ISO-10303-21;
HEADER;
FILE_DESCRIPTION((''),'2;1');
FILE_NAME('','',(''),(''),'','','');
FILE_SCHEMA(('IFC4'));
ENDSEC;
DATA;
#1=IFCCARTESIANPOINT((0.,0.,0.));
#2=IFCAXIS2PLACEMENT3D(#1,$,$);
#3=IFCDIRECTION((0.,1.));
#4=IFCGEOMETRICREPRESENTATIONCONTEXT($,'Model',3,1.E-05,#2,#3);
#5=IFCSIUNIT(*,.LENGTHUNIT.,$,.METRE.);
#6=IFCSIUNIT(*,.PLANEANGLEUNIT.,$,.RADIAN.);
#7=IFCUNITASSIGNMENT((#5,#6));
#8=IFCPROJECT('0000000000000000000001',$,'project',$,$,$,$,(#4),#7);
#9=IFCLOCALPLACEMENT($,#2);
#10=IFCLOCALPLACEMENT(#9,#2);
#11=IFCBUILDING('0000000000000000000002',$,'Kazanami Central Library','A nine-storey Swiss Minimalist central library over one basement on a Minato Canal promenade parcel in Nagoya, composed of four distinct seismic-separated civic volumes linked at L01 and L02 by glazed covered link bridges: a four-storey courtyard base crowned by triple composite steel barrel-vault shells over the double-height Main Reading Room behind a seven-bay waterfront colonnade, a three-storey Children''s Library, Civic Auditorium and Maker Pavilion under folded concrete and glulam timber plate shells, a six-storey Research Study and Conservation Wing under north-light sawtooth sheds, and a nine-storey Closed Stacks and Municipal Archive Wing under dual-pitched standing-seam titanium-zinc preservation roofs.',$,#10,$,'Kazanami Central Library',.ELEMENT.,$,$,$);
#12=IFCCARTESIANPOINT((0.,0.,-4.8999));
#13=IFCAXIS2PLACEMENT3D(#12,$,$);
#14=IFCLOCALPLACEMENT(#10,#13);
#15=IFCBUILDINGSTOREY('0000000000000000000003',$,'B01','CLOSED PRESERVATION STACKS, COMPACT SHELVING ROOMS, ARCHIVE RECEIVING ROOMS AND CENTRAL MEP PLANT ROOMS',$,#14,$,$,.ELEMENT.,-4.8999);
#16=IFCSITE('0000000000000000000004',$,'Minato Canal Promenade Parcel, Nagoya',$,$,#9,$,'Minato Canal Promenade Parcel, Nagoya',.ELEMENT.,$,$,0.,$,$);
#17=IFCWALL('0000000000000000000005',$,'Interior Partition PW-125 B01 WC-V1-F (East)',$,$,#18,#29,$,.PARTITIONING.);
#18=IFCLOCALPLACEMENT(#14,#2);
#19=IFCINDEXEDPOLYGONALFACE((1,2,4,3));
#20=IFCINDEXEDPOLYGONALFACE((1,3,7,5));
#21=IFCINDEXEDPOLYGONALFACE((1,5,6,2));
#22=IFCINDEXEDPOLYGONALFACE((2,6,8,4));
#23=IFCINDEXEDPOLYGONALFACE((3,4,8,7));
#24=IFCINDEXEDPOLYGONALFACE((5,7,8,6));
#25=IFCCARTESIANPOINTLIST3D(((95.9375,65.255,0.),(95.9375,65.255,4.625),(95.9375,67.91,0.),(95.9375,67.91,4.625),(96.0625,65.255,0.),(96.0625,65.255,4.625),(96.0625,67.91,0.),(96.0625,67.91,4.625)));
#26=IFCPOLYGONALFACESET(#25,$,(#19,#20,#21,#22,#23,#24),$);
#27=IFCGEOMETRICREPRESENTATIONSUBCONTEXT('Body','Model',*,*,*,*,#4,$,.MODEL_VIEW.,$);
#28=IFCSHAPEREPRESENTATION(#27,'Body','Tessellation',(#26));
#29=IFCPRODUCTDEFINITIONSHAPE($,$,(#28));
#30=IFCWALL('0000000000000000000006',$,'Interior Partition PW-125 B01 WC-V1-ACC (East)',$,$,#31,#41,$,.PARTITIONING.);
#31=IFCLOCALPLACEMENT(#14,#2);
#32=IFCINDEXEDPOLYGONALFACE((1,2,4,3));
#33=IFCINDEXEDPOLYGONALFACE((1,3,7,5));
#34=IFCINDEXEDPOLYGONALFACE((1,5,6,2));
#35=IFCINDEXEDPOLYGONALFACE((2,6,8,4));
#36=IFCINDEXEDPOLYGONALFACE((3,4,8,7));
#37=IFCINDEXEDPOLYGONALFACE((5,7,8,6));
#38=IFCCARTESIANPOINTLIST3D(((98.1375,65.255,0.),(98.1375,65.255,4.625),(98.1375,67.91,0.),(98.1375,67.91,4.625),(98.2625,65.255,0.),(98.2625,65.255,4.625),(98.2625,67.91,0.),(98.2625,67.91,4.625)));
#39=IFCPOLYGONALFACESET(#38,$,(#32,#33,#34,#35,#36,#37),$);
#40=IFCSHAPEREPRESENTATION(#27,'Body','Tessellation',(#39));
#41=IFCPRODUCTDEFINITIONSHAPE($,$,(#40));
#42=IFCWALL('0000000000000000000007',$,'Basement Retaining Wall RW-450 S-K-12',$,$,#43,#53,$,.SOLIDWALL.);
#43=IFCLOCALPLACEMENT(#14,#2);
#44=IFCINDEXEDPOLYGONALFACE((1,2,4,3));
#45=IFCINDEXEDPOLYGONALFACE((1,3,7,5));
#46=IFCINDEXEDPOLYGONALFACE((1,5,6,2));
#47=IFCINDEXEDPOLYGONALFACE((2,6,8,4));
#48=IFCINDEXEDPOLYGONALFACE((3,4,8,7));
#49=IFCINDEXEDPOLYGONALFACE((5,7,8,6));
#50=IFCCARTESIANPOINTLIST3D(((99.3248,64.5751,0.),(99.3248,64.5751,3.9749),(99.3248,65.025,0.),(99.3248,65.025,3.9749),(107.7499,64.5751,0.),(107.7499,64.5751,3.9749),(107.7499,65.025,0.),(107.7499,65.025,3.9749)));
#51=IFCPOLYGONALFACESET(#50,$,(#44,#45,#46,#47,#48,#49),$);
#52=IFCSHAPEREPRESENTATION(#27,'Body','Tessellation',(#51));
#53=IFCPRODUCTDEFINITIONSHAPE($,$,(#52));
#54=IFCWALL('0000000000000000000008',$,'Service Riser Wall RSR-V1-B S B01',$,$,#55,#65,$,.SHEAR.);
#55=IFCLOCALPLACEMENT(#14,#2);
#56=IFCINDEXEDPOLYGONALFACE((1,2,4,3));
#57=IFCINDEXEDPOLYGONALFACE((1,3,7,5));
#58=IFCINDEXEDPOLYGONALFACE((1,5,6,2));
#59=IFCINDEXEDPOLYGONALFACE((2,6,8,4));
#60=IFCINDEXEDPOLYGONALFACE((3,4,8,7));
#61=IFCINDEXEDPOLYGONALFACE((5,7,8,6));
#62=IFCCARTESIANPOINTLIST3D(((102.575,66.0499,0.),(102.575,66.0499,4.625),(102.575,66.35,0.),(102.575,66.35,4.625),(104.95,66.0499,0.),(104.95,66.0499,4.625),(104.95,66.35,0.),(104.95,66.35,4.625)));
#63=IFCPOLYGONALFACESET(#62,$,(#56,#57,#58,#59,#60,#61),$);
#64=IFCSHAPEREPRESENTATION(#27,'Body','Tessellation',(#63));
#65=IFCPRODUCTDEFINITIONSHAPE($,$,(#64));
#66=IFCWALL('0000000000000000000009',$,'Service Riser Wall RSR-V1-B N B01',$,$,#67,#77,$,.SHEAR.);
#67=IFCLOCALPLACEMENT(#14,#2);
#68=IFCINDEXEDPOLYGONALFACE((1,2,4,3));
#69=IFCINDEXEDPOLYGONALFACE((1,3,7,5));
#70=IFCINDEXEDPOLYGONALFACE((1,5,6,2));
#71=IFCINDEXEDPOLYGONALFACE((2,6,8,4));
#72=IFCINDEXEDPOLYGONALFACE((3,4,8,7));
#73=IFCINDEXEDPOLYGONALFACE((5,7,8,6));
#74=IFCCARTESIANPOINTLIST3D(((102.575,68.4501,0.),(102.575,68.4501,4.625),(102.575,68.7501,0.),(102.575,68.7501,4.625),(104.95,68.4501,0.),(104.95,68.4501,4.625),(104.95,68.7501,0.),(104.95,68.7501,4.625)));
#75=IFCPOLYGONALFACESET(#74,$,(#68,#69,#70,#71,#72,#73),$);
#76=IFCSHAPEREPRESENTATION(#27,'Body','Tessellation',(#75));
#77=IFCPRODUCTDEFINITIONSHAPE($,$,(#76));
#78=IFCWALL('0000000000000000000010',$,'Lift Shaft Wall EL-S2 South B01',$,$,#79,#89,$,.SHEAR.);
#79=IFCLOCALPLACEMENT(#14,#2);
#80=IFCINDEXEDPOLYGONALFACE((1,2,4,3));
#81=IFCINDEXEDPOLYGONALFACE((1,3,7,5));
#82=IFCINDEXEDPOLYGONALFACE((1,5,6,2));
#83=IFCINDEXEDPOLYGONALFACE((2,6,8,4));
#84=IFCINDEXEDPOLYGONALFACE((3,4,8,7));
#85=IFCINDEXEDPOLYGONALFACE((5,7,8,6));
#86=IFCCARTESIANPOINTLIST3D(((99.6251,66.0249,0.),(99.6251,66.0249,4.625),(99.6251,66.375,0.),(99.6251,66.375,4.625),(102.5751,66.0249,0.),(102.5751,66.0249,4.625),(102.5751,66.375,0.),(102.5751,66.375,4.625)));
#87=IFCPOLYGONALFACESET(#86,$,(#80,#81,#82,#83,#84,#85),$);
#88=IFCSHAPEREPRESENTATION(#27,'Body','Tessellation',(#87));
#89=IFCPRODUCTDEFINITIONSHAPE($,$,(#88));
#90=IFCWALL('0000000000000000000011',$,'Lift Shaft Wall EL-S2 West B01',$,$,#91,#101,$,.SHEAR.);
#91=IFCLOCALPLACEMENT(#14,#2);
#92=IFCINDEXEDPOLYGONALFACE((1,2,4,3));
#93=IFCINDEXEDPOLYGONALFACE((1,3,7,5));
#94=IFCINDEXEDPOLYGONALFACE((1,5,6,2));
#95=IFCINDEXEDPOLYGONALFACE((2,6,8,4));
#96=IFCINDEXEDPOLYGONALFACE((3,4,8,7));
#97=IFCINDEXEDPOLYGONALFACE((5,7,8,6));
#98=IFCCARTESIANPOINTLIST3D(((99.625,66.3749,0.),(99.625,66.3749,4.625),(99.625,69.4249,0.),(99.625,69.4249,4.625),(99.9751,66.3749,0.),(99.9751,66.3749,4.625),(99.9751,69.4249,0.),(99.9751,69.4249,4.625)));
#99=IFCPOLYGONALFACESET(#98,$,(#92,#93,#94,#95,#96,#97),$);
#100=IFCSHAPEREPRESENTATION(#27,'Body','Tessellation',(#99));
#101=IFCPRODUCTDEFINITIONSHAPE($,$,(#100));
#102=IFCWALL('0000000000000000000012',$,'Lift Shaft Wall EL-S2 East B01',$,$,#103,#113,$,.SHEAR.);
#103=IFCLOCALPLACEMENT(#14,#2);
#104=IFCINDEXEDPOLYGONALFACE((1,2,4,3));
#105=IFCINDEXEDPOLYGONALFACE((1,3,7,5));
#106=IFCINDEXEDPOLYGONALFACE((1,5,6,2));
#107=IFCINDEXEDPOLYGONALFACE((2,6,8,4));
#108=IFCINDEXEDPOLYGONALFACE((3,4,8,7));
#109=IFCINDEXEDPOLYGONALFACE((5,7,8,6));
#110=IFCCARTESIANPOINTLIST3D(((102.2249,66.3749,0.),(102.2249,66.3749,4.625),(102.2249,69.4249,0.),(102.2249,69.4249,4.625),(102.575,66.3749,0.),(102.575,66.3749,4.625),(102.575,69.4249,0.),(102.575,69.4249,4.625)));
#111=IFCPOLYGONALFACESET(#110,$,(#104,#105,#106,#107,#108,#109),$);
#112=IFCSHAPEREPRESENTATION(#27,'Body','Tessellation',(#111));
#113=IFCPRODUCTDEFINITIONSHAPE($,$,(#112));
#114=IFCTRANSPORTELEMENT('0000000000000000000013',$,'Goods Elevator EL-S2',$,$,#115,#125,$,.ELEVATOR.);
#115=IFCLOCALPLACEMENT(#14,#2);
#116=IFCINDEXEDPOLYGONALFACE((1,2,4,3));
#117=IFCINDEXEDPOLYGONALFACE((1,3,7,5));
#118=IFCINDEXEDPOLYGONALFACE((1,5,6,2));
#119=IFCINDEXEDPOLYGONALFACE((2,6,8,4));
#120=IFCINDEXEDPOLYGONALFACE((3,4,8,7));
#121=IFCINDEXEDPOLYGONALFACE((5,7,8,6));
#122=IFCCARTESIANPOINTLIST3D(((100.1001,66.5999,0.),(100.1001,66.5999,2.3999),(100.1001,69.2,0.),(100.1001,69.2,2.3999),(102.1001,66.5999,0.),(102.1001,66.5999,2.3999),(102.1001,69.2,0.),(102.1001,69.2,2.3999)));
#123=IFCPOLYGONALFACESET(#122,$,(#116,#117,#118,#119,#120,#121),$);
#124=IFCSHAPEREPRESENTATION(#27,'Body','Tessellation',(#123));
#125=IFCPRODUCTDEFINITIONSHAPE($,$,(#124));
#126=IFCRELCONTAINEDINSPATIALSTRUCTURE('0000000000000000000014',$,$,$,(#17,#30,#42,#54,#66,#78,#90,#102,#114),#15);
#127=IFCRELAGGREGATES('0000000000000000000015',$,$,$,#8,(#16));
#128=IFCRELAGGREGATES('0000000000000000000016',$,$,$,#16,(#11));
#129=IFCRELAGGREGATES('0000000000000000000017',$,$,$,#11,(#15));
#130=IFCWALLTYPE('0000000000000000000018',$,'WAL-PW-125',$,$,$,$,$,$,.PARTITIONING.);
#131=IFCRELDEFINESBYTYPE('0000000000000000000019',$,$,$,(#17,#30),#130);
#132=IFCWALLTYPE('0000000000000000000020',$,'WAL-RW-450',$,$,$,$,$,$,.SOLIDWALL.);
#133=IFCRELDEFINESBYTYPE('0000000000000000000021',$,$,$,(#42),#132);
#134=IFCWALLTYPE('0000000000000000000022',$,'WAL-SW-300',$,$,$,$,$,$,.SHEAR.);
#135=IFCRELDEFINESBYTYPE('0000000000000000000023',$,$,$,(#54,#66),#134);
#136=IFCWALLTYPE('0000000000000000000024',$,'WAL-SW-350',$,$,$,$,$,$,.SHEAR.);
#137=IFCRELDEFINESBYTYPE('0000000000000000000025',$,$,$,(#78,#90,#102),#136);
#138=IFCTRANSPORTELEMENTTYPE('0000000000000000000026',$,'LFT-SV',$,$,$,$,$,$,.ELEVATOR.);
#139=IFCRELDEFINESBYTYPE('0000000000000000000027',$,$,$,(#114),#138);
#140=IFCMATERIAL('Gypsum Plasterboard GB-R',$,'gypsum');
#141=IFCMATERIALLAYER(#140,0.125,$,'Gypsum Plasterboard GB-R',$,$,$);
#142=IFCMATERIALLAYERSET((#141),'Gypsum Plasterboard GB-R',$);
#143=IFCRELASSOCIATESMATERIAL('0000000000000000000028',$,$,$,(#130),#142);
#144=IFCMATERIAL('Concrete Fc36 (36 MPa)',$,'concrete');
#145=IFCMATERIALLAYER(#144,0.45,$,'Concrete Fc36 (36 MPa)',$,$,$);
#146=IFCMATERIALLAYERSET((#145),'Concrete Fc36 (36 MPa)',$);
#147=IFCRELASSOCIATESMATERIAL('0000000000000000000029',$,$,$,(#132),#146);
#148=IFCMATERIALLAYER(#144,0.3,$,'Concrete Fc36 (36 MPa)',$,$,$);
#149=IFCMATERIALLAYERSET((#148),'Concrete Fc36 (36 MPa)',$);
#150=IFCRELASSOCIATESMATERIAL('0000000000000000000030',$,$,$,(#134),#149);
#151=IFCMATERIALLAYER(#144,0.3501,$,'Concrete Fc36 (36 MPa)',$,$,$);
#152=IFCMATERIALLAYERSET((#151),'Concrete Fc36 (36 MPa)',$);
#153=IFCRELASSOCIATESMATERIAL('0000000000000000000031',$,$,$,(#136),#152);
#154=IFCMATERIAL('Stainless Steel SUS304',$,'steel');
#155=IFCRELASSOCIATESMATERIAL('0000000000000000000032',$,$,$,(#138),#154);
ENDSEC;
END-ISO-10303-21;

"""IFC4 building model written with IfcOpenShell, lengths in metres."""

from ifc_helpers import new_model, si_unit, direction, frame, frame_2d, origin, origin_2d, place, context, subcontext, project, spatial, rectangle, extrude, material, layer, layer_set, type_object, element, save


model = new_model("IFC4")

# Units and contexts
model_context = context("Model", 3, precision=1e-05, world=origin(), true_north=direction((0.0, 1.0)))
body_context = subcontext(model_context, "Body", "Model", "MODEL_VIEW")
ifc_project = project(units=[si_unit("LENGTHUNIT", "METRE"), si_unit("PLANEANGLEUNIT", "RADIAN")], contexts=[model_context])

# Site, building, storey
site_placement = place(None, origin())
site = spatial("IfcSite", under=ifc_project, at=site_placement, Name="Minato Canal Promenade Parcel, Nagoya", LongName="Minato Canal Promenade Parcel, Nagoya", CompositionType="ELEMENT", RefElevation=0.0)
building_placement = place(site_placement, origin())
building = spatial("IfcBuilding", under=site, at=building_placement, Name="Kazanami Central Library", Description="A nine-storey Swiss Minimalist central library over one basement on a Minato Canal promenade parcel in Nagoya, composed of four distinct seismic-separated civic volumes linked at L01 and L02 by glazed covered link bridges: a four-storey courtyard base crowned by triple composite steel barrel-vault shells over the double-height Main Reading Room behind a seven-bay waterfront colonnade, a three-storey Children's Library, Civic Auditorium and Maker Pavilion under folded concrete and glulam timber plate shells, a six-storey Research Study and Conservation Wing under north-light sawtooth sheds, and a nine-storey Closed Stacks and Municipal Archive Wing under dual-pitched standing-seam titanium-zinc preservation roofs.", LongName="Kazanami Central Library", CompositionType="ELEMENT")
storey_placement = place(building_placement, frame((0.0, 0.0, -4.8999)))
storey = spatial("IfcBuildingStorey", under=building, at=storey_placement, Name="B01", Description="CLOSED PRESERVATION STACKS, COMPACT SHELVING ROOMS, ARCHIVE RECEIVING ROOMS AND CENTRAL MEP PLANT ROOMS", CompositionType="ELEMENT", Elevation=-4.8999)

# Shared definitions
ifc_material_1 = material(Name="Concrete Fc36 (36 MPa)", Category="concrete")

# Walls
ifc_material_2 = material(Name="Gypsum Plasterboard GB-R", Category="gypsum")
ifc_layer_1 = layer(ifc_material_2, 0.125, Name="Gypsum Plasterboard GB-R")
ifc_layer_set_1 = layer_set([ifc_layer_1], Name="Gypsum Plasterboard GB-R")
wall_type_1 = type_object("IfcWallType", Name="WAL-PW-125", PredefinedType="PARTITIONING", material=ifc_layer_set_1)
for number, where, z_axis, x_axis, name in (
    (1, (96.0, 65.2549, 0.0), (0.0, 0.0, 1.0), (0.0, 1.0, 0.0), "Interior Partition PW-125 B01 WC-V1-F (East)"),
    (2, (98.2, 65.2549, 0.0), (0.0, 0.0, 1.0), (0.0, 1.0, 0.0), "Interior Partition PW-125 B01 WC-V1-ACC (East)"),
):
    element("IfcWall", number, at=place(storey_placement, frame(where, z_axis=z_axis, x_axis=x_axis)), inside=storey, type_object=wall_type_1, Name=name, PredefinedType="PARTITIONING", context=body_context, shape_type="SweptSolid", body=[
        extrude(rectangle(XDim=2.655, YDim=0.125, at=frame_2d((1.3276, 0.0))), origin(), (0.0, 0.0, 1.0), 4.625),
    ])
ifc_layer_2 = layer(ifc_material_1, 0.45, Name="Concrete Fc36 (36 MPa)")
ifc_layer_set_2 = layer_set([ifc_layer_2], Name="Concrete Fc36 (36 MPa)")
wall_type_2 = type_object("IfcWallType", Name="WAL-RW-450", PredefinedType="SOLIDWALL", material=ifc_layer_set_2)
wall_1_placement = place(storey_placement, frame((99.325, 64.8, 0.0), z_axis=(0.0, 0.0, 1.0), x_axis=(1.0, 0.0, 0.0)))
element("IfcWall", 3, at=wall_1_placement, inside=storey, type_object=wall_type_2, Name="Basement Retaining Wall RW-450 S-K-12", PredefinedType="SOLIDWALL", context=body_context, shape_type="SweptSolid", body=[
    extrude(rectangle(XDim=8.425, YDim=0.45, at=frame_2d((4.2124, 0.0))), origin(), (0.0, 0.0, 1.0), 3.9749),
])
ifc_layer_3 = layer(ifc_material_1, 0.3, Name="Concrete Fc36 (36 MPa)")
ifc_layer_set_3 = layer_set([ifc_layer_3], Name="Concrete Fc36 (36 MPa)")
wall_type_3 = type_object("IfcWallType", Name="WAL-SW-300", PredefinedType="SHEAR", material=ifc_layer_set_3)
for number, where, z_axis, x_axis, name in (
    (4, (102.575, 66.2, 0.0), (0.0, 0.0, 1.0), (1.0, 0.0, 0.0), "Service Riser Wall RSR-V1-B S B01"),
    (5, (102.575, 68.6001, 0.0), (0.0, 0.0, 1.0), (1.0, 0.0, 0.0), "Service Riser Wall RSR-V1-B N B01"),
):
    element("IfcWall", number, at=place(storey_placement, frame(where, z_axis=z_axis, x_axis=x_axis)), inside=storey, type_object=wall_type_3, Name=name, PredefinedType="SHEAR", context=body_context, shape_type="SweptSolid", body=[
        extrude(rectangle(XDim=2.375, YDim=0.3, at=frame_2d((1.1875, 0.0))), origin(), (0.0, 0.0, 1.0), 4.625),
    ])
ifc_layer_4 = layer(ifc_material_1, 0.3501, Name="Concrete Fc36 (36 MPa)")
ifc_layer_set_4 = layer_set([ifc_layer_4], Name="Concrete Fc36 (36 MPa)")
wall_type_4 = type_object("IfcWallType", Name="WAL-SW-350", PredefinedType="SHEAR", material=ifc_layer_set_4)
wall_2_placement = place(storey_placement, frame((99.625, 66.2, 0.0), z_axis=(0.0, 0.0, 1.0), x_axis=(1.0, 0.0, 0.0)))
element("IfcWall", 6, at=wall_2_placement, inside=storey, type_object=wall_type_4, Name="Lift Shaft Wall EL-S2 South B01", PredefinedType="SHEAR", context=body_context, shape_type="SweptSolid", body=[
    extrude(rectangle(XDim=2.95, YDim=0.3501, at=frame_2d((1.4751, 0.0))), origin(), (0.0, 0.0, 1.0), 4.625),
])
for number, where, z_axis, x_axis, name in (
    (7, (99.8, 66.375, 0.0), (0.0, 0.0, 1.0), (0.0, 1.0, 0.0), "Lift Shaft Wall EL-S2 West B01"),
    (8, (102.3999, 66.375, 0.0), (0.0, 0.0, 1.0), (0.0, 1.0, 0.0), "Lift Shaft Wall EL-S2 East B01"),
):
    element("IfcWall", number, at=place(storey_placement, frame(where, z_axis=z_axis, x_axis=x_axis)), inside=storey, type_object=wall_type_4, Name=name, PredefinedType="SHEAR", context=body_context, shape_type="SweptSolid", body=[
        extrude(rectangle(XDim=3.05, YDim=0.3501, at=frame_2d((1.5249, 0.0))), origin(), (0.0, 0.0, 1.0), 4.625),
    ])

# Transport element
ifc_material_3 = material(Name="Stainless Steel SUS304", Category="steel")
transport_element_type = type_object("IfcTransportElementType", Name="LFT-SV", PredefinedType="ELEVATOR", material=ifc_material_3)
transport_element_placement = place(storey_placement, frame((101.1001, 67.8999, 0.0), z_axis=(0.0, 0.0, 1.0), x_axis=(1.0, 0.0, 0.0)))
element("IfcTransportElement", 9, at=transport_element_placement, inside=storey, type_object=transport_element_type, Name="Goods Elevator EL-S2", PredefinedType="ELEVATOR", context=body_context, shape_type="SweptSolid", body=[
    extrude(rectangle(XDim=2.0, YDim=2.6001, at=origin_2d()), origin(), (0.0, 0.0, 1.0), 2.3999),
])

save(model, "model.ifc")
